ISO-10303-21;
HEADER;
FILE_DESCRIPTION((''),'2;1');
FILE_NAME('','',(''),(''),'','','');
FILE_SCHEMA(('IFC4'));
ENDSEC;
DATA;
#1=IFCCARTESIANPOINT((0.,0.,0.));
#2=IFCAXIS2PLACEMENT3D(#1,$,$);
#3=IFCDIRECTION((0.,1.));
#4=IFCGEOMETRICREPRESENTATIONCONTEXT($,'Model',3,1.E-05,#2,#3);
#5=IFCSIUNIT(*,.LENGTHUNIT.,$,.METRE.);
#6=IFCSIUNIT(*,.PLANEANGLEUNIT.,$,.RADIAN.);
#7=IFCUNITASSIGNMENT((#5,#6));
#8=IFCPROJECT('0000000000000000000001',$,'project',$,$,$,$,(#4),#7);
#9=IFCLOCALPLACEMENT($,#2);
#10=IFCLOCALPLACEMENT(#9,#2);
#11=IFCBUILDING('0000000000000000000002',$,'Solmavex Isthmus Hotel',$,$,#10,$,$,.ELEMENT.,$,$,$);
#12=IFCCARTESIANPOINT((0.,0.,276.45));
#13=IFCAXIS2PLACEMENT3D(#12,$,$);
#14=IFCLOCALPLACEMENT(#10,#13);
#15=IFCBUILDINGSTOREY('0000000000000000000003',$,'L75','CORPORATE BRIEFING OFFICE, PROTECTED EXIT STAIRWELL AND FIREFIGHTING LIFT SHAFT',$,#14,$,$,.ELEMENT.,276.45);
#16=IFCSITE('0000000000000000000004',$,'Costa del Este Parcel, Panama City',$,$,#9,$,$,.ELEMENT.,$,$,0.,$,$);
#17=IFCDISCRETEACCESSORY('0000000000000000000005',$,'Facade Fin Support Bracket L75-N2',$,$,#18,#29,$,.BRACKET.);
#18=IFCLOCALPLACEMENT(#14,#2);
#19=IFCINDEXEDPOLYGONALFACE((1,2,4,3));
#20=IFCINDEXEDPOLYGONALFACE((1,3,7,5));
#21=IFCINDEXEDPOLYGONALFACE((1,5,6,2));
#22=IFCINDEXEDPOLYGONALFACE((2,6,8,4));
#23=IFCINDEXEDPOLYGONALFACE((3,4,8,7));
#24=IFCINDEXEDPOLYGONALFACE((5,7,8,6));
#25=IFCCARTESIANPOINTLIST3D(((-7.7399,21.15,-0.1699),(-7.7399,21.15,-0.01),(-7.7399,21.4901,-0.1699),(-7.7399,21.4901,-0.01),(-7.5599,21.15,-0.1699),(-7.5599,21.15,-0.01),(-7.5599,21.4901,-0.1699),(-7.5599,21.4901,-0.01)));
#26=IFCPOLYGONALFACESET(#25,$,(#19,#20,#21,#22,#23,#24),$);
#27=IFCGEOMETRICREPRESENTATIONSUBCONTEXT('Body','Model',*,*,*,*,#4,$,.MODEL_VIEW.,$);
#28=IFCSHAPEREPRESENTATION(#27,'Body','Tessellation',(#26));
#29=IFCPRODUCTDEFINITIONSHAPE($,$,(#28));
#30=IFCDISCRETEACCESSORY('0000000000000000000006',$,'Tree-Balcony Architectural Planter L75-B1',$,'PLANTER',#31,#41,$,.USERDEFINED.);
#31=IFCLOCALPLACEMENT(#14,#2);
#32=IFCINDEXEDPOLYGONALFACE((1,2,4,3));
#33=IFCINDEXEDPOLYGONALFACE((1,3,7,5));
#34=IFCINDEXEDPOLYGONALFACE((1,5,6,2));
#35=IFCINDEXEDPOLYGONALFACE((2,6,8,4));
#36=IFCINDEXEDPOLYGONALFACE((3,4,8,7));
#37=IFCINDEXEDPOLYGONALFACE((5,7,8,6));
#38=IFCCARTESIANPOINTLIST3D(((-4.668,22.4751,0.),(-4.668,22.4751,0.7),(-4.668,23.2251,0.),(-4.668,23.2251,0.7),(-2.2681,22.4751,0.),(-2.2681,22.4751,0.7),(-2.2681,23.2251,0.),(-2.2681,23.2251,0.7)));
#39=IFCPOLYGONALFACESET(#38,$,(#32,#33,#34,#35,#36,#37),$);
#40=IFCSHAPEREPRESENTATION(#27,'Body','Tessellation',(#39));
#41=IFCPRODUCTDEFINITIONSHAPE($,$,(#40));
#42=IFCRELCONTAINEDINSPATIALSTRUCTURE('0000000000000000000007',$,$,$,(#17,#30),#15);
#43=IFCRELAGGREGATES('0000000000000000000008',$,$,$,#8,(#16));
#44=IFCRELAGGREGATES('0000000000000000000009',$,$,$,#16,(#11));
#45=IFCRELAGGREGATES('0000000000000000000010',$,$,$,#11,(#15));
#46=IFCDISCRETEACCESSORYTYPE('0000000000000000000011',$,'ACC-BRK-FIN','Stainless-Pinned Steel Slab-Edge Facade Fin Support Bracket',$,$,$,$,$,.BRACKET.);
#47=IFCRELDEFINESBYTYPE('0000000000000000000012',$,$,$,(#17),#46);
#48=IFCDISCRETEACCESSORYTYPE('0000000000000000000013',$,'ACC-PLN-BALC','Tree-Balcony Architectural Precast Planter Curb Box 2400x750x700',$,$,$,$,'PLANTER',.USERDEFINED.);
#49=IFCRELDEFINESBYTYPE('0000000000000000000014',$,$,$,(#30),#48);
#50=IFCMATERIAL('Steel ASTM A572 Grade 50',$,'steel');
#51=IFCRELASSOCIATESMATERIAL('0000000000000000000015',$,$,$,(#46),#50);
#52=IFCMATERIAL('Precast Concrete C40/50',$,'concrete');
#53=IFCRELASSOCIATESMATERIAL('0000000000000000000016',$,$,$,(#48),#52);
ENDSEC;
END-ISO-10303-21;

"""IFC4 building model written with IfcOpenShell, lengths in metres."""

from ifc_helpers import new_model, si_unit, direction, frame, origin, origin_2d, place, context, subcontext, project, spatial, rectangle, extrude, material, type_object, element, save


model = new_model("IFC4")

# Units and contexts
model_context = context("Model", 3, precision=1e-05, world=origin(), true_north=direction((0.0, 1.0)))
body_context = subcontext(model_context, "Body", "Model", "MODEL_VIEW")
ifc_project = project(units=[si_unit("LENGTHUNIT", "METRE"), si_unit("PLANEANGLEUNIT", "RADIAN")], contexts=[model_context])

# Site, building, storey
site_placement = place(None, origin())
site = spatial("IfcSite", under=ifc_project, at=site_placement, Name="Costa del Este Parcel, Panama City", CompositionType="ELEMENT", RefElevation=0.0)
building_placement = place(site_placement, origin())
building = spatial("IfcBuilding", under=site, at=building_placement, Name="Solmavex Isthmus Hotel", CompositionType="ELEMENT")
storey_placement = place(building_placement, frame((0.0, 0.0, 276.45)))
storey = spatial("IfcBuildingStorey", under=building, at=storey_placement, Name="L75", Description="CORPORATE BRIEFING OFFICE, PROTECTED EXIT STAIRWELL AND FIREFIGHTING LIFT SHAFT", CompositionType="ELEMENT", Elevation=276.45)

# Shared definitions
ifc_material_1 = material(Name="Precast Concrete C40/50", Category="concrete")

# Discrete accessories
ifc_material_2 = material(Name="Steel ASTM A572 Grade 50", Category="steel")
discrete_accessory_type_1 = type_object("IfcDiscreteAccessoryType", Name="ACC-BRK-FIN", Description="Stainless-Pinned Steel Slab-Edge Facade Fin Support Bracket", PredefinedType="BRACKET", material=ifc_material_2)
discrete_accessory_1_placement = place(storey_placement, frame((-7.6499, 21.3201, -0.1699), z_axis=(0.0, 0.0, 1.0), x_axis=(0.0, 1.0, 0.0)))
element("IfcDiscreteAccessory", 1, at=discrete_accessory_1_placement, inside=storey, type_object=discrete_accessory_type_1, Name="Facade Fin Support Bracket L75-N2", PredefinedType="BRACKET", context=body_context, shape_type="SweptSolid", body=[
    extrude(rectangle(XDim=0.3401, YDim=0.1799, at=origin_2d()), origin(), (0.0, 0.0, 1.0), 0.1599),
])
discrete_accessory_type_2 = type_object("IfcDiscreteAccessoryType", Name="ACC-PLN-BALC", Description="Tree-Balcony Architectural Precast Planter Curb Box 2400x750x700", ElementType="PLANTER", PredefinedType="USERDEFINED", material=ifc_material_1)
discrete_accessory_2_placement = place(storey_placement, frame((-3.468, 22.8501, 0.0), z_axis=(0.0, 0.0, 1.0), x_axis=(1.0, 0.0, 0.0)))
element("IfcDiscreteAccessory", 2, at=discrete_accessory_2_placement, inside=storey, type_object=discrete_accessory_type_2, Name="Tree-Balcony Architectural Planter L75-B1", ObjectType="PLANTER", PredefinedType="USERDEFINED", context=body_context, shape_type="SweptSolid", body=[
    extrude(rectangle(XDim=2.3999, YDim=0.75, at=origin_2d()), origin(), (0.0, 0.0, 1.0), 0.7),
])

save(model, "model.ifc")
